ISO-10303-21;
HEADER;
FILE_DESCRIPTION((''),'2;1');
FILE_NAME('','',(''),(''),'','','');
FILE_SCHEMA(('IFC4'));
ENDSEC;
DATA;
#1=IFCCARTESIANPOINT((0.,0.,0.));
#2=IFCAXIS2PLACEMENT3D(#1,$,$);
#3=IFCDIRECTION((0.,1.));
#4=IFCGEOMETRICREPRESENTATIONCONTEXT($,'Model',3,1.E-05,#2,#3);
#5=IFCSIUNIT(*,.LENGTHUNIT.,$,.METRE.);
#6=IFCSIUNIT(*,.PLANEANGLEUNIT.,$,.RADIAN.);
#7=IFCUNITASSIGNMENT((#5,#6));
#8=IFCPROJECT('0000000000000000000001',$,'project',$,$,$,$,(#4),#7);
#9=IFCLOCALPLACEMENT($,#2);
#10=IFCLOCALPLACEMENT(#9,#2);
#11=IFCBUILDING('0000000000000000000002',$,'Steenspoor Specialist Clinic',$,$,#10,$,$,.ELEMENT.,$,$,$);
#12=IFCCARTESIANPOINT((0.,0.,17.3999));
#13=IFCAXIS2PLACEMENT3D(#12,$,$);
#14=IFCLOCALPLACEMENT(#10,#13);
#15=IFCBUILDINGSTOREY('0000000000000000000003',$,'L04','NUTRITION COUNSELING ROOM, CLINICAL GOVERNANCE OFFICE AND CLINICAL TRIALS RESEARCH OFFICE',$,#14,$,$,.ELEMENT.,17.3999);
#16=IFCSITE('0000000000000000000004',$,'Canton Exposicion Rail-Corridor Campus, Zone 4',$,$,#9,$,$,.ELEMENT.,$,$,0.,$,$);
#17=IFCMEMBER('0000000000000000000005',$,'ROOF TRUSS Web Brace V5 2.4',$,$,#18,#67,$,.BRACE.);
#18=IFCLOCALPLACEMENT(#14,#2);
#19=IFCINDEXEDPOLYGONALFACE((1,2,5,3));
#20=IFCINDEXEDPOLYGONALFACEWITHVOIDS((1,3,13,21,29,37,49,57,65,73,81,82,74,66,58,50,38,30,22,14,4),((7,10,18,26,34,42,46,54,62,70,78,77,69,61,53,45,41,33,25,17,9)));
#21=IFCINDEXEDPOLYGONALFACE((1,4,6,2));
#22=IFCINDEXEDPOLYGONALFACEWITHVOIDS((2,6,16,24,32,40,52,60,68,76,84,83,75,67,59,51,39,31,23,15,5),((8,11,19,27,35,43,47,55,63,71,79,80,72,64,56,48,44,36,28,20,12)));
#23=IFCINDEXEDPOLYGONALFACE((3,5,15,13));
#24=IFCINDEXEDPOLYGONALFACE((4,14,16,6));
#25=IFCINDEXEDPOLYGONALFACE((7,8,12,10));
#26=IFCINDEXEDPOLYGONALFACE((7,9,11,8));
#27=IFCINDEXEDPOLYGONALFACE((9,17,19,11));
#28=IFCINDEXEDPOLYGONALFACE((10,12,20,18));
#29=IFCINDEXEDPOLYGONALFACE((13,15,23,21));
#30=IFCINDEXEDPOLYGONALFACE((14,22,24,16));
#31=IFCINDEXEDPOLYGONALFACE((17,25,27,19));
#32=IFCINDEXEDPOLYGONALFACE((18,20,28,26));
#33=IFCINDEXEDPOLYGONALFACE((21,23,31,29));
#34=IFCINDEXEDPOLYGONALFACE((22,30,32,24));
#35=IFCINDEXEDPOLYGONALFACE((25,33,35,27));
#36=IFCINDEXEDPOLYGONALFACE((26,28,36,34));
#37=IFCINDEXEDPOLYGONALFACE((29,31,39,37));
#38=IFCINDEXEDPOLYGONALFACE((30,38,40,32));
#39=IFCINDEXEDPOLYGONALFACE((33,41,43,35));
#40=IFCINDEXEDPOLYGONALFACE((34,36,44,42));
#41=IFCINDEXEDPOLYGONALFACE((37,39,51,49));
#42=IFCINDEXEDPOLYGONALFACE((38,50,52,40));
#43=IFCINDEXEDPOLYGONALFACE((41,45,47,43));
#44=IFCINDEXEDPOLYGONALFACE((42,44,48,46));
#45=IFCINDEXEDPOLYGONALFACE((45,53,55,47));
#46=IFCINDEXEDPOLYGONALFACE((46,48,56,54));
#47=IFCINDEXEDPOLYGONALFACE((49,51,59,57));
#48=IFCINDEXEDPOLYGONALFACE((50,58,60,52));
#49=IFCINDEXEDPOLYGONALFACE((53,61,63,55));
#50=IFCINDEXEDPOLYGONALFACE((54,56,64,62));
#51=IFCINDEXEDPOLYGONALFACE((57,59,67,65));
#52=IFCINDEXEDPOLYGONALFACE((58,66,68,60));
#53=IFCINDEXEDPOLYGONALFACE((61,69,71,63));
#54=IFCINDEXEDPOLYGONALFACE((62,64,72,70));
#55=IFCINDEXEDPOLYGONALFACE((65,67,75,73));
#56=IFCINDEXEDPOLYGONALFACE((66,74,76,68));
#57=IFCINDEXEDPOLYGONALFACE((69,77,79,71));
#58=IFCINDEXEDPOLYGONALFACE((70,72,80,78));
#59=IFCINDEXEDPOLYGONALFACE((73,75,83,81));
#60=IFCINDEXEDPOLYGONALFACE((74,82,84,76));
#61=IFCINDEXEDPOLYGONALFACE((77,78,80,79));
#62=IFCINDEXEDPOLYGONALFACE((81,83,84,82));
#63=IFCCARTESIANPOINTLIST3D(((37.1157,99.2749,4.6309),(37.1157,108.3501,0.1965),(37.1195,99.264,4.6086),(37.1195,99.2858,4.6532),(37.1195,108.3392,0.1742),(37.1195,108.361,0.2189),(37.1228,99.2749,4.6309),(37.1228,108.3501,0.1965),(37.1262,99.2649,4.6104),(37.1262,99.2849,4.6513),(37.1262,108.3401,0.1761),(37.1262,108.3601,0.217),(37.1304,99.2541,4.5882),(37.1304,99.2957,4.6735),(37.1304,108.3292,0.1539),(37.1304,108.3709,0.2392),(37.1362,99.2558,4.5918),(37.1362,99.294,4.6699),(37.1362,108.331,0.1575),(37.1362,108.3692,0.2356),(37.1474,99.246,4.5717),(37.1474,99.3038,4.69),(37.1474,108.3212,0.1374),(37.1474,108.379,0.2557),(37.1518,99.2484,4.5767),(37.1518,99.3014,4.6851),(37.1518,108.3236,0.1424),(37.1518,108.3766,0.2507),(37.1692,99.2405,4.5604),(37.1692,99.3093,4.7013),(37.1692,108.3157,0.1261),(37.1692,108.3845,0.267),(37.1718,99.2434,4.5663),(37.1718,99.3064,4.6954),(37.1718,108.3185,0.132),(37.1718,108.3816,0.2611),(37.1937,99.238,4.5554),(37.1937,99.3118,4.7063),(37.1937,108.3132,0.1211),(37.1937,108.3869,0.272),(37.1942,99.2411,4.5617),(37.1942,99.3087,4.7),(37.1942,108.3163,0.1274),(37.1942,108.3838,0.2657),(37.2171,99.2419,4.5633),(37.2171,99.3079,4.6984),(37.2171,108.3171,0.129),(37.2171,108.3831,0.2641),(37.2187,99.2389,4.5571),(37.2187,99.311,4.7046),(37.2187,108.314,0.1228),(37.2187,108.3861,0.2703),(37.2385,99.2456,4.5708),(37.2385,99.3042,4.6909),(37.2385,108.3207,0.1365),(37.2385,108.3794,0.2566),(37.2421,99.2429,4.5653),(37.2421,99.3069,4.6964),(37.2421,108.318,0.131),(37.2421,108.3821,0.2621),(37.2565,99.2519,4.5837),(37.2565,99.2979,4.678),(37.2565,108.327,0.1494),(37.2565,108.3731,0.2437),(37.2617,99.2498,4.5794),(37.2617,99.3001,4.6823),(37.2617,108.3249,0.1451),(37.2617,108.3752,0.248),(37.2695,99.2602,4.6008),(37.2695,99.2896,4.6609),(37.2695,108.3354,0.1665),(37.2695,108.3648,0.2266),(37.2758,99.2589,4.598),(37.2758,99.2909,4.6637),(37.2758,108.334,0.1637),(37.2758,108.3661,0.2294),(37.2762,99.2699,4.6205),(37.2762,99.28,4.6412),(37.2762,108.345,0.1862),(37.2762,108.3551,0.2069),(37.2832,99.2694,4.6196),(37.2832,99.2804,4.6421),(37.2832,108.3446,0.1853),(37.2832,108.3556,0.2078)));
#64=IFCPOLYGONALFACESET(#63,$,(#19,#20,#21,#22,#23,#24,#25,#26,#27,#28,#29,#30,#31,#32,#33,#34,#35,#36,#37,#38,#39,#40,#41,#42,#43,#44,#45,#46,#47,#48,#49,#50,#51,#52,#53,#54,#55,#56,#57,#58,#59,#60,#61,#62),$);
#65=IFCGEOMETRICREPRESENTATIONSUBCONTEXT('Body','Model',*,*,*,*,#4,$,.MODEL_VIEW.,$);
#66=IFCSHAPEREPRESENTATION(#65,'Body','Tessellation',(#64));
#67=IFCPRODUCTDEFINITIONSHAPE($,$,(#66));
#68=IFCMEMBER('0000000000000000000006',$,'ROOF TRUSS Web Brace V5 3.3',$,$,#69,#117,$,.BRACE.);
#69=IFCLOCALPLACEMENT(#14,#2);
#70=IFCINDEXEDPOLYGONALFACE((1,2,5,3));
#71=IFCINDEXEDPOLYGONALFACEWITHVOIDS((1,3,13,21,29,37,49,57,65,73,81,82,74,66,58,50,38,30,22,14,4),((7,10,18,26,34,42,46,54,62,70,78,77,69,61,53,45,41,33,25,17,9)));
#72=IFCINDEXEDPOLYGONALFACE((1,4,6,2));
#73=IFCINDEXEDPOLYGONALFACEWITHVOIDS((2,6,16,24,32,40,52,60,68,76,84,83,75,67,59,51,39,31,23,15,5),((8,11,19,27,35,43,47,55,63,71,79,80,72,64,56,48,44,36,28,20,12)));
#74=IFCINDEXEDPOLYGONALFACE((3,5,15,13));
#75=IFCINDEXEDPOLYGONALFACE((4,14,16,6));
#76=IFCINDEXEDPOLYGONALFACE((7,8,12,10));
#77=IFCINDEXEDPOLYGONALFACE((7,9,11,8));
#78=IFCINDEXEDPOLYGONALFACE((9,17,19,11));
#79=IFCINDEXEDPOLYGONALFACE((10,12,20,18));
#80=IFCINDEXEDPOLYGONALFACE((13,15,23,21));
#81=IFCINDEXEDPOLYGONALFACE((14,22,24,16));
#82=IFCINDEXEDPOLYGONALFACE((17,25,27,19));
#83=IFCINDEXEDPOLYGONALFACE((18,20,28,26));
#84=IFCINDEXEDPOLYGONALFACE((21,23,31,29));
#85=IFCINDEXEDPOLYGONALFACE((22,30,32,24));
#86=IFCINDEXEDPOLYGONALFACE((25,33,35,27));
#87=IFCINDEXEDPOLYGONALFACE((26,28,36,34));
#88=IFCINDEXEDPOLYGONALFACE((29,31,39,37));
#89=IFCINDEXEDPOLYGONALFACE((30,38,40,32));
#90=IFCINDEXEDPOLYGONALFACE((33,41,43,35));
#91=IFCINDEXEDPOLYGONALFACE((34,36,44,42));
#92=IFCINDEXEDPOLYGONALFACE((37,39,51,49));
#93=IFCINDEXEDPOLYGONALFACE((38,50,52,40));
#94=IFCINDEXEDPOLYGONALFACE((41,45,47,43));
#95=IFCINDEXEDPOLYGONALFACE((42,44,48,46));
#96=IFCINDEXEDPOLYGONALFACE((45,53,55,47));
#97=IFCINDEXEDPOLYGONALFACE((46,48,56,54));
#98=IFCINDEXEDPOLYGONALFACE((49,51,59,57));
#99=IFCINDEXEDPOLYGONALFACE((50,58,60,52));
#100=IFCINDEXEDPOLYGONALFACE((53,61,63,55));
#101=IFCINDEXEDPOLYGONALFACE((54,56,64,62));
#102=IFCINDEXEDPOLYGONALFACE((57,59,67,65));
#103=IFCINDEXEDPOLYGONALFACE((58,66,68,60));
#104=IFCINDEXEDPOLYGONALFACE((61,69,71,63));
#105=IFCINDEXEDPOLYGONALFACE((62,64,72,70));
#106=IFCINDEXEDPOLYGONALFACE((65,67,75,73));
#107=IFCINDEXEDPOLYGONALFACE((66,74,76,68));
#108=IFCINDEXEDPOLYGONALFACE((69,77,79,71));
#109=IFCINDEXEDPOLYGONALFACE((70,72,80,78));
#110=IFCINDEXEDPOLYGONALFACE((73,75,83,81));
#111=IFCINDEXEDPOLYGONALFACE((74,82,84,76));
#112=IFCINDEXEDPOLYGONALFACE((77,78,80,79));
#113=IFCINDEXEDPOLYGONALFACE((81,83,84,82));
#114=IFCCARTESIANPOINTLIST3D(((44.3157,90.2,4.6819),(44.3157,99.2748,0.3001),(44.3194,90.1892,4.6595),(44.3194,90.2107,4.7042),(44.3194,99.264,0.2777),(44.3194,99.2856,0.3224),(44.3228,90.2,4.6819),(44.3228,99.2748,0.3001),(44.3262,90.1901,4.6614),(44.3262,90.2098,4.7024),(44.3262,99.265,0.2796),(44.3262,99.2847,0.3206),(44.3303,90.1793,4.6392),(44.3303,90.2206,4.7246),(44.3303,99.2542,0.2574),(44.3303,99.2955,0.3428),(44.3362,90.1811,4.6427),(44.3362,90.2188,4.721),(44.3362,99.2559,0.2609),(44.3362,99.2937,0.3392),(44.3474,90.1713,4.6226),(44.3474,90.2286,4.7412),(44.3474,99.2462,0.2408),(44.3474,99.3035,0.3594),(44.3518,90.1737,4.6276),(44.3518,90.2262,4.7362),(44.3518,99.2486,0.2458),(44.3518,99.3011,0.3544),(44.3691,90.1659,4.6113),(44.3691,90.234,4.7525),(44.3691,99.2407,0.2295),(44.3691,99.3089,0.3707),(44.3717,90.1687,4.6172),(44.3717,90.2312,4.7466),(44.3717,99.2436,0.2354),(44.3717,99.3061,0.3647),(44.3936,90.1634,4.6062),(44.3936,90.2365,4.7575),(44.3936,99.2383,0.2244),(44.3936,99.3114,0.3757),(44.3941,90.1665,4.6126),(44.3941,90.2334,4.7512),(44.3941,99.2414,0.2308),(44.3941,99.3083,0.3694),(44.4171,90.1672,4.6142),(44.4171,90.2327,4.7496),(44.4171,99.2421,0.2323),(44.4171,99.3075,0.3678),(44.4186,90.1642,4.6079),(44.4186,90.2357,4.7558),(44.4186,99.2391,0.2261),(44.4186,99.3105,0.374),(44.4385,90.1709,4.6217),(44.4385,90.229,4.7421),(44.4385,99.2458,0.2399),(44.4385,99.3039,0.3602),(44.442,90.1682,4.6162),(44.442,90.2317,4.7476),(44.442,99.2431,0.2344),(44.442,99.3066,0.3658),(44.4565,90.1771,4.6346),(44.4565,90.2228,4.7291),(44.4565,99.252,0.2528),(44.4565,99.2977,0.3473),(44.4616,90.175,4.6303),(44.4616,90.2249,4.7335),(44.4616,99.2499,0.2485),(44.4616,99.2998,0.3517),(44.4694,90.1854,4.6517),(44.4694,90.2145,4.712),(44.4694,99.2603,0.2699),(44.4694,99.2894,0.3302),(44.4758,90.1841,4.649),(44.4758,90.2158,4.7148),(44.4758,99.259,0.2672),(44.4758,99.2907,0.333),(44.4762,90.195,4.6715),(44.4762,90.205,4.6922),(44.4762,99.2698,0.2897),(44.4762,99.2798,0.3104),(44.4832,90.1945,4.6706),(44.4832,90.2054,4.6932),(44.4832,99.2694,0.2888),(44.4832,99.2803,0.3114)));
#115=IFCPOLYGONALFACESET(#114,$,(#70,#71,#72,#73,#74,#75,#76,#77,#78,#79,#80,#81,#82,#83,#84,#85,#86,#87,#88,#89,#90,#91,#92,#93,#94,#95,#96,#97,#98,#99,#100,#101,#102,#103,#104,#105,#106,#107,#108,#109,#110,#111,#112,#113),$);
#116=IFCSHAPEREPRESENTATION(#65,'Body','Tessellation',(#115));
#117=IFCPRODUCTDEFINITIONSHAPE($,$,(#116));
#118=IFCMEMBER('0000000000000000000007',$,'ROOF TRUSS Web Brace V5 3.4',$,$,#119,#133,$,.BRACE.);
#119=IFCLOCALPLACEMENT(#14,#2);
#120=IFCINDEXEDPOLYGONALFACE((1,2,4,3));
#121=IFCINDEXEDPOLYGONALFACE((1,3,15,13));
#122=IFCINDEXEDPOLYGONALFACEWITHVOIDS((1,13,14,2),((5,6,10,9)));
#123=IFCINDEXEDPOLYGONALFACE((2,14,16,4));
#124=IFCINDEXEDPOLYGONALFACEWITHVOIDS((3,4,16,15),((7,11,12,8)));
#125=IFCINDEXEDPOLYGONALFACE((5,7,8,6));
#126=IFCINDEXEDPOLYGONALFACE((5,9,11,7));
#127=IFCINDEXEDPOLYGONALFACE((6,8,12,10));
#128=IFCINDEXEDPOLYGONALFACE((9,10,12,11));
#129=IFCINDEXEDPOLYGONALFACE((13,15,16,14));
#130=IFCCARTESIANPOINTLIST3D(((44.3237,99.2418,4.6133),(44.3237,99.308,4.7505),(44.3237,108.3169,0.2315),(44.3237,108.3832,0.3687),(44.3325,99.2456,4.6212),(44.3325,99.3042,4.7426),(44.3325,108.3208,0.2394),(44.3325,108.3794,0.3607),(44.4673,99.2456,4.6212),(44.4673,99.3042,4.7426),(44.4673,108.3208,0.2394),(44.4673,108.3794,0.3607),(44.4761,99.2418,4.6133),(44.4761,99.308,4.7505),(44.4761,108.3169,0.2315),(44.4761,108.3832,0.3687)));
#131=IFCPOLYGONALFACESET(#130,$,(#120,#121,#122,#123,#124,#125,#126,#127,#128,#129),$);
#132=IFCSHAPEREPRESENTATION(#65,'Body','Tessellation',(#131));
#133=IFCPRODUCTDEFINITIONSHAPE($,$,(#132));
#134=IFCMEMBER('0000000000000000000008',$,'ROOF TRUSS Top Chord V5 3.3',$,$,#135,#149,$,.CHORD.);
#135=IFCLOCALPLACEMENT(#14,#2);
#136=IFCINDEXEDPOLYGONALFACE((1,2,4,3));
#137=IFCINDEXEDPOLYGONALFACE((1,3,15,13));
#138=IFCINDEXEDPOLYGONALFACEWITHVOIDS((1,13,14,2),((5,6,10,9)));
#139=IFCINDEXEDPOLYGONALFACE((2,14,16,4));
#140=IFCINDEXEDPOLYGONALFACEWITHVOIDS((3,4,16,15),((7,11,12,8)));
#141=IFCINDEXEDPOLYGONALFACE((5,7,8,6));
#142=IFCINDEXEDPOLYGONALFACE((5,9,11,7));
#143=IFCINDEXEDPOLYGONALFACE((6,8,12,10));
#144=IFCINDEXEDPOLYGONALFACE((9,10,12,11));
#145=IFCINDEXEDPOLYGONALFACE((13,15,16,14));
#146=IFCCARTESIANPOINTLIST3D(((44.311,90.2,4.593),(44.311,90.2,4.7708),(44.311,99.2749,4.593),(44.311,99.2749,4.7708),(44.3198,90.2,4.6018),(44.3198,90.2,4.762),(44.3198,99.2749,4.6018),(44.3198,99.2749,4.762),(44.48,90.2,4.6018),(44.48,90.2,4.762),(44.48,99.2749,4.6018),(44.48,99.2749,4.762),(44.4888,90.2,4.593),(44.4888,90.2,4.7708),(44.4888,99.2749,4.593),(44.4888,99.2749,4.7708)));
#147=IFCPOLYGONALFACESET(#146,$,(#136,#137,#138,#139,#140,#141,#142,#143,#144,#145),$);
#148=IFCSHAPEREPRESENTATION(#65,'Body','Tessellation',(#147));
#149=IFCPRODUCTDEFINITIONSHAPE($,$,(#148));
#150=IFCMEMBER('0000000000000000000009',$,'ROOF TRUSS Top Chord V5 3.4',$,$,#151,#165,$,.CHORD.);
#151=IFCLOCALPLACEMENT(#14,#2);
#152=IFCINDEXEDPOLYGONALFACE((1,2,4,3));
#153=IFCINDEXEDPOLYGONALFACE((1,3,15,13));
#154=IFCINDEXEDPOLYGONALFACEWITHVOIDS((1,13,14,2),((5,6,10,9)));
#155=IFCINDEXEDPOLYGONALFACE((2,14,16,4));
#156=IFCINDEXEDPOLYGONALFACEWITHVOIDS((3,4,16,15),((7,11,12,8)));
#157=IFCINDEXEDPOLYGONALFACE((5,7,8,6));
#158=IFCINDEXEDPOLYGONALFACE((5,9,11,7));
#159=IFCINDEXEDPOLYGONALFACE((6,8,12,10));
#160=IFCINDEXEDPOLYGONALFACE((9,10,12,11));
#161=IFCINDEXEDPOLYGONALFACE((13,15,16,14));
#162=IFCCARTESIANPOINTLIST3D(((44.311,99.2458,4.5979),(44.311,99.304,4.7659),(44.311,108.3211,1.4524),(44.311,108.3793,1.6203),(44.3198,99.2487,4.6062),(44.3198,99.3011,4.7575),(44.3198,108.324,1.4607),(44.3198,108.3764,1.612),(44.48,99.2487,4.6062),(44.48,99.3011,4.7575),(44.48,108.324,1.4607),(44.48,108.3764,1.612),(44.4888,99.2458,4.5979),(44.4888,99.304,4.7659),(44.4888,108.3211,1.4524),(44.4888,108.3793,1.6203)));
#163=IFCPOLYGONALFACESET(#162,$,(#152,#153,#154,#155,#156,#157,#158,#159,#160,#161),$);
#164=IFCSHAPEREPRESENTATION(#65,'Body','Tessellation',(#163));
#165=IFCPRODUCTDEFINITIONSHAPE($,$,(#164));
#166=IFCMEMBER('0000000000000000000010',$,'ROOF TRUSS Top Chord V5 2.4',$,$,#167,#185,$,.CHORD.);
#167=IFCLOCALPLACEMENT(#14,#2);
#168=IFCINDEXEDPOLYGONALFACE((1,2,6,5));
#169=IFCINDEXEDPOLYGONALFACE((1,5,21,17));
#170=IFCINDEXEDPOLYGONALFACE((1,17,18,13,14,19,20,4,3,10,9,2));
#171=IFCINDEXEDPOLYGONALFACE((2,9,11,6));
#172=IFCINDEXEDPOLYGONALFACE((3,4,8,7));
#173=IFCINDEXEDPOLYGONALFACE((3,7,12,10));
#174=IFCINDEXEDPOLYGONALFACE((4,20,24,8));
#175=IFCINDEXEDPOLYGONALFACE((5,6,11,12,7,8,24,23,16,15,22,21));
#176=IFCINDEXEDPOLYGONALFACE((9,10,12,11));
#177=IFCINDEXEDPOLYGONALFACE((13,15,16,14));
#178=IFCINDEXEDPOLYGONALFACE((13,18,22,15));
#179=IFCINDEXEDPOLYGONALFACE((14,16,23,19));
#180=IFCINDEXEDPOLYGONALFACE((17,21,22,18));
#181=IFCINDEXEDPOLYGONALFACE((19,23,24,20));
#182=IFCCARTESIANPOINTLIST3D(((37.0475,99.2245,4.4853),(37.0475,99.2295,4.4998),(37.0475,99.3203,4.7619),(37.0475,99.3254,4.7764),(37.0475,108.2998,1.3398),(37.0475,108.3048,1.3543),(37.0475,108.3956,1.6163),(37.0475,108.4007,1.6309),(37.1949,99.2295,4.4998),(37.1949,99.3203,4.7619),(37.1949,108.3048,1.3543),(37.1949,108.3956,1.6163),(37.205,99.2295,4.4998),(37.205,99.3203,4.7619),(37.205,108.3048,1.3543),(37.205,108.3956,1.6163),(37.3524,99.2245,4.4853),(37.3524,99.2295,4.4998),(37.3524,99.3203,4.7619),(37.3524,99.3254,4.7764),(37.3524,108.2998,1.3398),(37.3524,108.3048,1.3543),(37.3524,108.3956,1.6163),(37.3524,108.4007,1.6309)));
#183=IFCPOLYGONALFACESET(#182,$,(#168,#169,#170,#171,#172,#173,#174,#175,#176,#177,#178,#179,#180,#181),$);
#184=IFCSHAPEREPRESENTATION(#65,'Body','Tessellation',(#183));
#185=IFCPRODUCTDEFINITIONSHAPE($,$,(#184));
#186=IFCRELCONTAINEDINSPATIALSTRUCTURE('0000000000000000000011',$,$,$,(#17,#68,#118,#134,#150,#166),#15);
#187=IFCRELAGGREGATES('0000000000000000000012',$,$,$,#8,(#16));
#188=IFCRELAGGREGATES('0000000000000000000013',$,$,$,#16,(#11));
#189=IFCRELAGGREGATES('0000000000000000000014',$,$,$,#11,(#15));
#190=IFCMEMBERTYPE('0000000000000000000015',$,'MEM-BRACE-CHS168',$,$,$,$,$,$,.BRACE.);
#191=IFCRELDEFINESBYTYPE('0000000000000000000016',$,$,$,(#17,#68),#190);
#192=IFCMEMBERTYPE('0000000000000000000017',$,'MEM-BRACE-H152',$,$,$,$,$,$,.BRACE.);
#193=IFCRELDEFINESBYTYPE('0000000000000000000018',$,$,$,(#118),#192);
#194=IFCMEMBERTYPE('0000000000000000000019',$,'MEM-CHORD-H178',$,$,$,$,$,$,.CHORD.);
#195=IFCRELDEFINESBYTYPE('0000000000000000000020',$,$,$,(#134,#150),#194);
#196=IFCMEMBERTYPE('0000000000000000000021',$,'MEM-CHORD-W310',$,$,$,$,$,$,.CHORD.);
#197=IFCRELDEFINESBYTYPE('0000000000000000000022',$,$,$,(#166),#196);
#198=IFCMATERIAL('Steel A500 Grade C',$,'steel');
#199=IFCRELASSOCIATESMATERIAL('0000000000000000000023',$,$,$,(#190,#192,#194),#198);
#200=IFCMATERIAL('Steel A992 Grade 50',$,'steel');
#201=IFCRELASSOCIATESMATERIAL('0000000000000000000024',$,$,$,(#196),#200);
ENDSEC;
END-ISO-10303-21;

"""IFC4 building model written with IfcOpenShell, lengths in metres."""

from ifc_helpers import new_model, si_unit, direction, frame, origin, origin_2d, place, context, subcontext, project, spatial, hollow_rectangle, hollow_circle, i_section, extrude, material, material_profile, profile_set, type_object, element, save


model = new_model("IFC4")

# Units and contexts
model_context = context("Model", 3, precision=1e-05, world=origin(), true_north=direction((0.0, 1.0)))
body_context = subcontext(model_context, "Body", "Model", "MODEL_VIEW")
ifc_project = project(units=[si_unit("LENGTHUNIT", "METRE"), si_unit("PLANEANGLEUNIT", "RADIAN")], contexts=[model_context])

# Site, building, storey
site_placement = place(None, origin())
site = spatial("IfcSite", under=ifc_project, at=site_placement, Name="Canton Exposicion Rail-Corridor Campus, Zone 4", CompositionType="ELEMENT", RefElevation=0.0)
building_placement = place(site_placement, origin())
building = spatial("IfcBuilding", under=site, at=building_placement, Name="Steenspoor Specialist Clinic", CompositionType="ELEMENT")
storey_placement = place(building_placement, frame((0.0, 0.0, 17.3999)))
storey = spatial("IfcBuildingStorey", under=building, at=storey_placement, Name="L04", Description="NUTRITION COUNSELING ROOM, CLINICAL GOVERNANCE OFFICE AND CLINICAL TRIALS RESEARCH OFFICE", CompositionType="ELEMENT", Elevation=17.3999)

# Members
ifc_material_1 = material(Name="Steel A500 Grade C", Category="steel")
ifc_material_profile_1 = material_profile(ifc_material_1, hollow_circle(Radius=0.0842, WallThickness=0.0071, at=origin_2d()), Name="CHS168X7.1")
ifc_profile_set_1 = profile_set([ifc_material_profile_1], Name="Steel A500 Grade C")
member_type_1 = type_object("IfcMemberType", Name="MEM-BRACE-CHS168", PredefinedType="BRACE", material=ifc_profile_set_1)
member_1_placement = place(storey_placement, frame((37.2, 99.2749, 4.6309), z_axis=(0.0, 0.89848, -0.439015), x_axis=(-1.0, 0.0, 0.0)))
element("IfcMember", 1, at=member_1_placement, inside=storey, type_object=member_type_1, Name="ROOF TRUSS Web Brace V5 2.4", PredefinedType="BRACE", context=body_context, shape_type="SweptSolid", body=[
    extrude(hollow_circle(Radius=0.0842, WallThickness=0.0071, at=origin_2d()), origin(), (0.0, 0.0, 1.0), 10.1006),
])
member_2_placement = place(storey_placement, frame((44.3999, 90.2, 4.6819), z_axis=(0.0, 0.90052, -0.434815), x_axis=(-1.0, 0.0, 0.0)))
element("IfcMember", 2, at=member_2_placement, inside=storey, type_object=member_type_1, Name="ROOF TRUSS Web Brace V5 3.3", PredefinedType="BRACE", context=body_context, shape_type="SweptSolid", body=[
    extrude(hollow_circle(Radius=0.0842, WallThickness=0.0071, at=origin_2d()), origin(), (0.0, 0.0, 1.0), 10.0774),
])
ifc_material_profile_2 = material_profile(ifc_material_1, hollow_rectangle(XDim=0.1523, YDim=0.1523, WallThickness=0.0088, at=origin_2d()), Name="HSS152X152X9.5")
ifc_profile_set_2 = profile_set([ifc_material_profile_2], Name="Steel A500 Grade C")
member_type_2 = type_object("IfcMemberType", Name="MEM-BRACE-H152", PredefinedType="BRACE", material=ifc_profile_set_2)
member_3_placement = place(storey_placement, frame((44.3999, 99.2749, 4.6819), z_axis=(0.0, 0.900524, -0.434806), x_axis=(-1.0, 0.0, 0.0)))
element("IfcMember", 3, at=member_3_placement, inside=storey, type_object=member_type_2, Name="ROOF TRUSS Web Brace V5 3.4", PredefinedType="BRACE", context=body_context, shape_type="SweptSolid", body=[
    extrude(hollow_rectangle(XDim=0.1523, YDim=0.1523, WallThickness=0.0088, at=origin_2d()), origin(), (0.0, 0.0, 1.0), 10.0776),
])
ifc_material_profile_3 = material_profile(ifc_material_1, hollow_rectangle(XDim=0.1777, YDim=0.1777, WallThickness=0.0088, at=origin_2d()), Name="HSS178X178X9.5")
ifc_profile_set_3 = profile_set([ifc_material_profile_3], Name="Steel A500 Grade C")
member_type_3 = type_object("IfcMemberType", Name="MEM-CHORD-H178", PredefinedType="CHORD", material=ifc_profile_set_3)
member_4_placement = place(storey_placement, frame((44.3999, 90.2, 4.6819), z_axis=(0.0, 1.0, 0.0), x_axis=(-1.0, 0.0, 0.0)))
element("IfcMember", 4, at=member_4_placement, inside=storey, type_object=member_type_3, Name="ROOF TRUSS Top Chord V5 3.3", PredefinedType="CHORD", context=body_context, shape_type="SweptSolid", body=[
    extrude(hollow_rectangle(XDim=0.1777, YDim=0.1777, WallThickness=0.0088, at=origin_2d()), origin(), (0.0, 0.0, 1.0), 9.075),
])
member_5_placement = place(storey_placement, frame((44.3999, 99.2749, 4.6819), z_axis=(0.0, 0.944854, -0.327491), x_axis=(-1.0, 0.0, 0.0)))
element("IfcMember", 5, at=member_5_placement, inside=storey, type_object=member_type_3, Name="ROOF TRUSS Top Chord V5 3.4", PredefinedType="CHORD", context=body_context, shape_type="SweptSolid", body=[
    extrude(hollow_rectangle(XDim=0.1777, YDim=0.1777, WallThickness=0.0088, at=origin_2d()), origin(), (0.0, 0.0, 1.0), 9.605),
])
ifc_material_2 = material(Name="Steel A992 Grade 50", Category="steel")
ifc_material_profile_4 = material_profile(ifc_material_2, i_section(OverallWidth=0.3049, OverallDepth=0.3081, WebThickness=0.01, FlangeThickness=0.0154, at=origin_2d()), Name="W310X97")
ifc_profile_set_4 = profile_set([ifc_material_profile_4], Name="Steel A992 Grade 50")
member_type_4 = type_object("IfcMemberType", Name="MEM-CHORD-W310", PredefinedType="CHORD", material=ifc_profile_set_4)
member_6_placement = place(storey_placement, frame((37.2, 99.2749, 4.6309), z_axis=(0.0, 0.944854, -0.327491), x_axis=(-1.0, 0.0, 0.0)))
element("IfcMember", 6, at=member_6_placement, inside=storey, type_object=member_type_4, Name="ROOF TRUSS Top Chord V5 2.4", PredefinedType="CHORD", context=body_context, shape_type="SweptSolid", body=[
    extrude(i_section(OverallWidth=0.3049, OverallDepth=0.3081, WebThickness=0.01, FlangeThickness=0.0154, at=origin_2d()), origin(), (0.0, 0.0, 1.0), 9.605),
])

save(model, "model.ifc")
